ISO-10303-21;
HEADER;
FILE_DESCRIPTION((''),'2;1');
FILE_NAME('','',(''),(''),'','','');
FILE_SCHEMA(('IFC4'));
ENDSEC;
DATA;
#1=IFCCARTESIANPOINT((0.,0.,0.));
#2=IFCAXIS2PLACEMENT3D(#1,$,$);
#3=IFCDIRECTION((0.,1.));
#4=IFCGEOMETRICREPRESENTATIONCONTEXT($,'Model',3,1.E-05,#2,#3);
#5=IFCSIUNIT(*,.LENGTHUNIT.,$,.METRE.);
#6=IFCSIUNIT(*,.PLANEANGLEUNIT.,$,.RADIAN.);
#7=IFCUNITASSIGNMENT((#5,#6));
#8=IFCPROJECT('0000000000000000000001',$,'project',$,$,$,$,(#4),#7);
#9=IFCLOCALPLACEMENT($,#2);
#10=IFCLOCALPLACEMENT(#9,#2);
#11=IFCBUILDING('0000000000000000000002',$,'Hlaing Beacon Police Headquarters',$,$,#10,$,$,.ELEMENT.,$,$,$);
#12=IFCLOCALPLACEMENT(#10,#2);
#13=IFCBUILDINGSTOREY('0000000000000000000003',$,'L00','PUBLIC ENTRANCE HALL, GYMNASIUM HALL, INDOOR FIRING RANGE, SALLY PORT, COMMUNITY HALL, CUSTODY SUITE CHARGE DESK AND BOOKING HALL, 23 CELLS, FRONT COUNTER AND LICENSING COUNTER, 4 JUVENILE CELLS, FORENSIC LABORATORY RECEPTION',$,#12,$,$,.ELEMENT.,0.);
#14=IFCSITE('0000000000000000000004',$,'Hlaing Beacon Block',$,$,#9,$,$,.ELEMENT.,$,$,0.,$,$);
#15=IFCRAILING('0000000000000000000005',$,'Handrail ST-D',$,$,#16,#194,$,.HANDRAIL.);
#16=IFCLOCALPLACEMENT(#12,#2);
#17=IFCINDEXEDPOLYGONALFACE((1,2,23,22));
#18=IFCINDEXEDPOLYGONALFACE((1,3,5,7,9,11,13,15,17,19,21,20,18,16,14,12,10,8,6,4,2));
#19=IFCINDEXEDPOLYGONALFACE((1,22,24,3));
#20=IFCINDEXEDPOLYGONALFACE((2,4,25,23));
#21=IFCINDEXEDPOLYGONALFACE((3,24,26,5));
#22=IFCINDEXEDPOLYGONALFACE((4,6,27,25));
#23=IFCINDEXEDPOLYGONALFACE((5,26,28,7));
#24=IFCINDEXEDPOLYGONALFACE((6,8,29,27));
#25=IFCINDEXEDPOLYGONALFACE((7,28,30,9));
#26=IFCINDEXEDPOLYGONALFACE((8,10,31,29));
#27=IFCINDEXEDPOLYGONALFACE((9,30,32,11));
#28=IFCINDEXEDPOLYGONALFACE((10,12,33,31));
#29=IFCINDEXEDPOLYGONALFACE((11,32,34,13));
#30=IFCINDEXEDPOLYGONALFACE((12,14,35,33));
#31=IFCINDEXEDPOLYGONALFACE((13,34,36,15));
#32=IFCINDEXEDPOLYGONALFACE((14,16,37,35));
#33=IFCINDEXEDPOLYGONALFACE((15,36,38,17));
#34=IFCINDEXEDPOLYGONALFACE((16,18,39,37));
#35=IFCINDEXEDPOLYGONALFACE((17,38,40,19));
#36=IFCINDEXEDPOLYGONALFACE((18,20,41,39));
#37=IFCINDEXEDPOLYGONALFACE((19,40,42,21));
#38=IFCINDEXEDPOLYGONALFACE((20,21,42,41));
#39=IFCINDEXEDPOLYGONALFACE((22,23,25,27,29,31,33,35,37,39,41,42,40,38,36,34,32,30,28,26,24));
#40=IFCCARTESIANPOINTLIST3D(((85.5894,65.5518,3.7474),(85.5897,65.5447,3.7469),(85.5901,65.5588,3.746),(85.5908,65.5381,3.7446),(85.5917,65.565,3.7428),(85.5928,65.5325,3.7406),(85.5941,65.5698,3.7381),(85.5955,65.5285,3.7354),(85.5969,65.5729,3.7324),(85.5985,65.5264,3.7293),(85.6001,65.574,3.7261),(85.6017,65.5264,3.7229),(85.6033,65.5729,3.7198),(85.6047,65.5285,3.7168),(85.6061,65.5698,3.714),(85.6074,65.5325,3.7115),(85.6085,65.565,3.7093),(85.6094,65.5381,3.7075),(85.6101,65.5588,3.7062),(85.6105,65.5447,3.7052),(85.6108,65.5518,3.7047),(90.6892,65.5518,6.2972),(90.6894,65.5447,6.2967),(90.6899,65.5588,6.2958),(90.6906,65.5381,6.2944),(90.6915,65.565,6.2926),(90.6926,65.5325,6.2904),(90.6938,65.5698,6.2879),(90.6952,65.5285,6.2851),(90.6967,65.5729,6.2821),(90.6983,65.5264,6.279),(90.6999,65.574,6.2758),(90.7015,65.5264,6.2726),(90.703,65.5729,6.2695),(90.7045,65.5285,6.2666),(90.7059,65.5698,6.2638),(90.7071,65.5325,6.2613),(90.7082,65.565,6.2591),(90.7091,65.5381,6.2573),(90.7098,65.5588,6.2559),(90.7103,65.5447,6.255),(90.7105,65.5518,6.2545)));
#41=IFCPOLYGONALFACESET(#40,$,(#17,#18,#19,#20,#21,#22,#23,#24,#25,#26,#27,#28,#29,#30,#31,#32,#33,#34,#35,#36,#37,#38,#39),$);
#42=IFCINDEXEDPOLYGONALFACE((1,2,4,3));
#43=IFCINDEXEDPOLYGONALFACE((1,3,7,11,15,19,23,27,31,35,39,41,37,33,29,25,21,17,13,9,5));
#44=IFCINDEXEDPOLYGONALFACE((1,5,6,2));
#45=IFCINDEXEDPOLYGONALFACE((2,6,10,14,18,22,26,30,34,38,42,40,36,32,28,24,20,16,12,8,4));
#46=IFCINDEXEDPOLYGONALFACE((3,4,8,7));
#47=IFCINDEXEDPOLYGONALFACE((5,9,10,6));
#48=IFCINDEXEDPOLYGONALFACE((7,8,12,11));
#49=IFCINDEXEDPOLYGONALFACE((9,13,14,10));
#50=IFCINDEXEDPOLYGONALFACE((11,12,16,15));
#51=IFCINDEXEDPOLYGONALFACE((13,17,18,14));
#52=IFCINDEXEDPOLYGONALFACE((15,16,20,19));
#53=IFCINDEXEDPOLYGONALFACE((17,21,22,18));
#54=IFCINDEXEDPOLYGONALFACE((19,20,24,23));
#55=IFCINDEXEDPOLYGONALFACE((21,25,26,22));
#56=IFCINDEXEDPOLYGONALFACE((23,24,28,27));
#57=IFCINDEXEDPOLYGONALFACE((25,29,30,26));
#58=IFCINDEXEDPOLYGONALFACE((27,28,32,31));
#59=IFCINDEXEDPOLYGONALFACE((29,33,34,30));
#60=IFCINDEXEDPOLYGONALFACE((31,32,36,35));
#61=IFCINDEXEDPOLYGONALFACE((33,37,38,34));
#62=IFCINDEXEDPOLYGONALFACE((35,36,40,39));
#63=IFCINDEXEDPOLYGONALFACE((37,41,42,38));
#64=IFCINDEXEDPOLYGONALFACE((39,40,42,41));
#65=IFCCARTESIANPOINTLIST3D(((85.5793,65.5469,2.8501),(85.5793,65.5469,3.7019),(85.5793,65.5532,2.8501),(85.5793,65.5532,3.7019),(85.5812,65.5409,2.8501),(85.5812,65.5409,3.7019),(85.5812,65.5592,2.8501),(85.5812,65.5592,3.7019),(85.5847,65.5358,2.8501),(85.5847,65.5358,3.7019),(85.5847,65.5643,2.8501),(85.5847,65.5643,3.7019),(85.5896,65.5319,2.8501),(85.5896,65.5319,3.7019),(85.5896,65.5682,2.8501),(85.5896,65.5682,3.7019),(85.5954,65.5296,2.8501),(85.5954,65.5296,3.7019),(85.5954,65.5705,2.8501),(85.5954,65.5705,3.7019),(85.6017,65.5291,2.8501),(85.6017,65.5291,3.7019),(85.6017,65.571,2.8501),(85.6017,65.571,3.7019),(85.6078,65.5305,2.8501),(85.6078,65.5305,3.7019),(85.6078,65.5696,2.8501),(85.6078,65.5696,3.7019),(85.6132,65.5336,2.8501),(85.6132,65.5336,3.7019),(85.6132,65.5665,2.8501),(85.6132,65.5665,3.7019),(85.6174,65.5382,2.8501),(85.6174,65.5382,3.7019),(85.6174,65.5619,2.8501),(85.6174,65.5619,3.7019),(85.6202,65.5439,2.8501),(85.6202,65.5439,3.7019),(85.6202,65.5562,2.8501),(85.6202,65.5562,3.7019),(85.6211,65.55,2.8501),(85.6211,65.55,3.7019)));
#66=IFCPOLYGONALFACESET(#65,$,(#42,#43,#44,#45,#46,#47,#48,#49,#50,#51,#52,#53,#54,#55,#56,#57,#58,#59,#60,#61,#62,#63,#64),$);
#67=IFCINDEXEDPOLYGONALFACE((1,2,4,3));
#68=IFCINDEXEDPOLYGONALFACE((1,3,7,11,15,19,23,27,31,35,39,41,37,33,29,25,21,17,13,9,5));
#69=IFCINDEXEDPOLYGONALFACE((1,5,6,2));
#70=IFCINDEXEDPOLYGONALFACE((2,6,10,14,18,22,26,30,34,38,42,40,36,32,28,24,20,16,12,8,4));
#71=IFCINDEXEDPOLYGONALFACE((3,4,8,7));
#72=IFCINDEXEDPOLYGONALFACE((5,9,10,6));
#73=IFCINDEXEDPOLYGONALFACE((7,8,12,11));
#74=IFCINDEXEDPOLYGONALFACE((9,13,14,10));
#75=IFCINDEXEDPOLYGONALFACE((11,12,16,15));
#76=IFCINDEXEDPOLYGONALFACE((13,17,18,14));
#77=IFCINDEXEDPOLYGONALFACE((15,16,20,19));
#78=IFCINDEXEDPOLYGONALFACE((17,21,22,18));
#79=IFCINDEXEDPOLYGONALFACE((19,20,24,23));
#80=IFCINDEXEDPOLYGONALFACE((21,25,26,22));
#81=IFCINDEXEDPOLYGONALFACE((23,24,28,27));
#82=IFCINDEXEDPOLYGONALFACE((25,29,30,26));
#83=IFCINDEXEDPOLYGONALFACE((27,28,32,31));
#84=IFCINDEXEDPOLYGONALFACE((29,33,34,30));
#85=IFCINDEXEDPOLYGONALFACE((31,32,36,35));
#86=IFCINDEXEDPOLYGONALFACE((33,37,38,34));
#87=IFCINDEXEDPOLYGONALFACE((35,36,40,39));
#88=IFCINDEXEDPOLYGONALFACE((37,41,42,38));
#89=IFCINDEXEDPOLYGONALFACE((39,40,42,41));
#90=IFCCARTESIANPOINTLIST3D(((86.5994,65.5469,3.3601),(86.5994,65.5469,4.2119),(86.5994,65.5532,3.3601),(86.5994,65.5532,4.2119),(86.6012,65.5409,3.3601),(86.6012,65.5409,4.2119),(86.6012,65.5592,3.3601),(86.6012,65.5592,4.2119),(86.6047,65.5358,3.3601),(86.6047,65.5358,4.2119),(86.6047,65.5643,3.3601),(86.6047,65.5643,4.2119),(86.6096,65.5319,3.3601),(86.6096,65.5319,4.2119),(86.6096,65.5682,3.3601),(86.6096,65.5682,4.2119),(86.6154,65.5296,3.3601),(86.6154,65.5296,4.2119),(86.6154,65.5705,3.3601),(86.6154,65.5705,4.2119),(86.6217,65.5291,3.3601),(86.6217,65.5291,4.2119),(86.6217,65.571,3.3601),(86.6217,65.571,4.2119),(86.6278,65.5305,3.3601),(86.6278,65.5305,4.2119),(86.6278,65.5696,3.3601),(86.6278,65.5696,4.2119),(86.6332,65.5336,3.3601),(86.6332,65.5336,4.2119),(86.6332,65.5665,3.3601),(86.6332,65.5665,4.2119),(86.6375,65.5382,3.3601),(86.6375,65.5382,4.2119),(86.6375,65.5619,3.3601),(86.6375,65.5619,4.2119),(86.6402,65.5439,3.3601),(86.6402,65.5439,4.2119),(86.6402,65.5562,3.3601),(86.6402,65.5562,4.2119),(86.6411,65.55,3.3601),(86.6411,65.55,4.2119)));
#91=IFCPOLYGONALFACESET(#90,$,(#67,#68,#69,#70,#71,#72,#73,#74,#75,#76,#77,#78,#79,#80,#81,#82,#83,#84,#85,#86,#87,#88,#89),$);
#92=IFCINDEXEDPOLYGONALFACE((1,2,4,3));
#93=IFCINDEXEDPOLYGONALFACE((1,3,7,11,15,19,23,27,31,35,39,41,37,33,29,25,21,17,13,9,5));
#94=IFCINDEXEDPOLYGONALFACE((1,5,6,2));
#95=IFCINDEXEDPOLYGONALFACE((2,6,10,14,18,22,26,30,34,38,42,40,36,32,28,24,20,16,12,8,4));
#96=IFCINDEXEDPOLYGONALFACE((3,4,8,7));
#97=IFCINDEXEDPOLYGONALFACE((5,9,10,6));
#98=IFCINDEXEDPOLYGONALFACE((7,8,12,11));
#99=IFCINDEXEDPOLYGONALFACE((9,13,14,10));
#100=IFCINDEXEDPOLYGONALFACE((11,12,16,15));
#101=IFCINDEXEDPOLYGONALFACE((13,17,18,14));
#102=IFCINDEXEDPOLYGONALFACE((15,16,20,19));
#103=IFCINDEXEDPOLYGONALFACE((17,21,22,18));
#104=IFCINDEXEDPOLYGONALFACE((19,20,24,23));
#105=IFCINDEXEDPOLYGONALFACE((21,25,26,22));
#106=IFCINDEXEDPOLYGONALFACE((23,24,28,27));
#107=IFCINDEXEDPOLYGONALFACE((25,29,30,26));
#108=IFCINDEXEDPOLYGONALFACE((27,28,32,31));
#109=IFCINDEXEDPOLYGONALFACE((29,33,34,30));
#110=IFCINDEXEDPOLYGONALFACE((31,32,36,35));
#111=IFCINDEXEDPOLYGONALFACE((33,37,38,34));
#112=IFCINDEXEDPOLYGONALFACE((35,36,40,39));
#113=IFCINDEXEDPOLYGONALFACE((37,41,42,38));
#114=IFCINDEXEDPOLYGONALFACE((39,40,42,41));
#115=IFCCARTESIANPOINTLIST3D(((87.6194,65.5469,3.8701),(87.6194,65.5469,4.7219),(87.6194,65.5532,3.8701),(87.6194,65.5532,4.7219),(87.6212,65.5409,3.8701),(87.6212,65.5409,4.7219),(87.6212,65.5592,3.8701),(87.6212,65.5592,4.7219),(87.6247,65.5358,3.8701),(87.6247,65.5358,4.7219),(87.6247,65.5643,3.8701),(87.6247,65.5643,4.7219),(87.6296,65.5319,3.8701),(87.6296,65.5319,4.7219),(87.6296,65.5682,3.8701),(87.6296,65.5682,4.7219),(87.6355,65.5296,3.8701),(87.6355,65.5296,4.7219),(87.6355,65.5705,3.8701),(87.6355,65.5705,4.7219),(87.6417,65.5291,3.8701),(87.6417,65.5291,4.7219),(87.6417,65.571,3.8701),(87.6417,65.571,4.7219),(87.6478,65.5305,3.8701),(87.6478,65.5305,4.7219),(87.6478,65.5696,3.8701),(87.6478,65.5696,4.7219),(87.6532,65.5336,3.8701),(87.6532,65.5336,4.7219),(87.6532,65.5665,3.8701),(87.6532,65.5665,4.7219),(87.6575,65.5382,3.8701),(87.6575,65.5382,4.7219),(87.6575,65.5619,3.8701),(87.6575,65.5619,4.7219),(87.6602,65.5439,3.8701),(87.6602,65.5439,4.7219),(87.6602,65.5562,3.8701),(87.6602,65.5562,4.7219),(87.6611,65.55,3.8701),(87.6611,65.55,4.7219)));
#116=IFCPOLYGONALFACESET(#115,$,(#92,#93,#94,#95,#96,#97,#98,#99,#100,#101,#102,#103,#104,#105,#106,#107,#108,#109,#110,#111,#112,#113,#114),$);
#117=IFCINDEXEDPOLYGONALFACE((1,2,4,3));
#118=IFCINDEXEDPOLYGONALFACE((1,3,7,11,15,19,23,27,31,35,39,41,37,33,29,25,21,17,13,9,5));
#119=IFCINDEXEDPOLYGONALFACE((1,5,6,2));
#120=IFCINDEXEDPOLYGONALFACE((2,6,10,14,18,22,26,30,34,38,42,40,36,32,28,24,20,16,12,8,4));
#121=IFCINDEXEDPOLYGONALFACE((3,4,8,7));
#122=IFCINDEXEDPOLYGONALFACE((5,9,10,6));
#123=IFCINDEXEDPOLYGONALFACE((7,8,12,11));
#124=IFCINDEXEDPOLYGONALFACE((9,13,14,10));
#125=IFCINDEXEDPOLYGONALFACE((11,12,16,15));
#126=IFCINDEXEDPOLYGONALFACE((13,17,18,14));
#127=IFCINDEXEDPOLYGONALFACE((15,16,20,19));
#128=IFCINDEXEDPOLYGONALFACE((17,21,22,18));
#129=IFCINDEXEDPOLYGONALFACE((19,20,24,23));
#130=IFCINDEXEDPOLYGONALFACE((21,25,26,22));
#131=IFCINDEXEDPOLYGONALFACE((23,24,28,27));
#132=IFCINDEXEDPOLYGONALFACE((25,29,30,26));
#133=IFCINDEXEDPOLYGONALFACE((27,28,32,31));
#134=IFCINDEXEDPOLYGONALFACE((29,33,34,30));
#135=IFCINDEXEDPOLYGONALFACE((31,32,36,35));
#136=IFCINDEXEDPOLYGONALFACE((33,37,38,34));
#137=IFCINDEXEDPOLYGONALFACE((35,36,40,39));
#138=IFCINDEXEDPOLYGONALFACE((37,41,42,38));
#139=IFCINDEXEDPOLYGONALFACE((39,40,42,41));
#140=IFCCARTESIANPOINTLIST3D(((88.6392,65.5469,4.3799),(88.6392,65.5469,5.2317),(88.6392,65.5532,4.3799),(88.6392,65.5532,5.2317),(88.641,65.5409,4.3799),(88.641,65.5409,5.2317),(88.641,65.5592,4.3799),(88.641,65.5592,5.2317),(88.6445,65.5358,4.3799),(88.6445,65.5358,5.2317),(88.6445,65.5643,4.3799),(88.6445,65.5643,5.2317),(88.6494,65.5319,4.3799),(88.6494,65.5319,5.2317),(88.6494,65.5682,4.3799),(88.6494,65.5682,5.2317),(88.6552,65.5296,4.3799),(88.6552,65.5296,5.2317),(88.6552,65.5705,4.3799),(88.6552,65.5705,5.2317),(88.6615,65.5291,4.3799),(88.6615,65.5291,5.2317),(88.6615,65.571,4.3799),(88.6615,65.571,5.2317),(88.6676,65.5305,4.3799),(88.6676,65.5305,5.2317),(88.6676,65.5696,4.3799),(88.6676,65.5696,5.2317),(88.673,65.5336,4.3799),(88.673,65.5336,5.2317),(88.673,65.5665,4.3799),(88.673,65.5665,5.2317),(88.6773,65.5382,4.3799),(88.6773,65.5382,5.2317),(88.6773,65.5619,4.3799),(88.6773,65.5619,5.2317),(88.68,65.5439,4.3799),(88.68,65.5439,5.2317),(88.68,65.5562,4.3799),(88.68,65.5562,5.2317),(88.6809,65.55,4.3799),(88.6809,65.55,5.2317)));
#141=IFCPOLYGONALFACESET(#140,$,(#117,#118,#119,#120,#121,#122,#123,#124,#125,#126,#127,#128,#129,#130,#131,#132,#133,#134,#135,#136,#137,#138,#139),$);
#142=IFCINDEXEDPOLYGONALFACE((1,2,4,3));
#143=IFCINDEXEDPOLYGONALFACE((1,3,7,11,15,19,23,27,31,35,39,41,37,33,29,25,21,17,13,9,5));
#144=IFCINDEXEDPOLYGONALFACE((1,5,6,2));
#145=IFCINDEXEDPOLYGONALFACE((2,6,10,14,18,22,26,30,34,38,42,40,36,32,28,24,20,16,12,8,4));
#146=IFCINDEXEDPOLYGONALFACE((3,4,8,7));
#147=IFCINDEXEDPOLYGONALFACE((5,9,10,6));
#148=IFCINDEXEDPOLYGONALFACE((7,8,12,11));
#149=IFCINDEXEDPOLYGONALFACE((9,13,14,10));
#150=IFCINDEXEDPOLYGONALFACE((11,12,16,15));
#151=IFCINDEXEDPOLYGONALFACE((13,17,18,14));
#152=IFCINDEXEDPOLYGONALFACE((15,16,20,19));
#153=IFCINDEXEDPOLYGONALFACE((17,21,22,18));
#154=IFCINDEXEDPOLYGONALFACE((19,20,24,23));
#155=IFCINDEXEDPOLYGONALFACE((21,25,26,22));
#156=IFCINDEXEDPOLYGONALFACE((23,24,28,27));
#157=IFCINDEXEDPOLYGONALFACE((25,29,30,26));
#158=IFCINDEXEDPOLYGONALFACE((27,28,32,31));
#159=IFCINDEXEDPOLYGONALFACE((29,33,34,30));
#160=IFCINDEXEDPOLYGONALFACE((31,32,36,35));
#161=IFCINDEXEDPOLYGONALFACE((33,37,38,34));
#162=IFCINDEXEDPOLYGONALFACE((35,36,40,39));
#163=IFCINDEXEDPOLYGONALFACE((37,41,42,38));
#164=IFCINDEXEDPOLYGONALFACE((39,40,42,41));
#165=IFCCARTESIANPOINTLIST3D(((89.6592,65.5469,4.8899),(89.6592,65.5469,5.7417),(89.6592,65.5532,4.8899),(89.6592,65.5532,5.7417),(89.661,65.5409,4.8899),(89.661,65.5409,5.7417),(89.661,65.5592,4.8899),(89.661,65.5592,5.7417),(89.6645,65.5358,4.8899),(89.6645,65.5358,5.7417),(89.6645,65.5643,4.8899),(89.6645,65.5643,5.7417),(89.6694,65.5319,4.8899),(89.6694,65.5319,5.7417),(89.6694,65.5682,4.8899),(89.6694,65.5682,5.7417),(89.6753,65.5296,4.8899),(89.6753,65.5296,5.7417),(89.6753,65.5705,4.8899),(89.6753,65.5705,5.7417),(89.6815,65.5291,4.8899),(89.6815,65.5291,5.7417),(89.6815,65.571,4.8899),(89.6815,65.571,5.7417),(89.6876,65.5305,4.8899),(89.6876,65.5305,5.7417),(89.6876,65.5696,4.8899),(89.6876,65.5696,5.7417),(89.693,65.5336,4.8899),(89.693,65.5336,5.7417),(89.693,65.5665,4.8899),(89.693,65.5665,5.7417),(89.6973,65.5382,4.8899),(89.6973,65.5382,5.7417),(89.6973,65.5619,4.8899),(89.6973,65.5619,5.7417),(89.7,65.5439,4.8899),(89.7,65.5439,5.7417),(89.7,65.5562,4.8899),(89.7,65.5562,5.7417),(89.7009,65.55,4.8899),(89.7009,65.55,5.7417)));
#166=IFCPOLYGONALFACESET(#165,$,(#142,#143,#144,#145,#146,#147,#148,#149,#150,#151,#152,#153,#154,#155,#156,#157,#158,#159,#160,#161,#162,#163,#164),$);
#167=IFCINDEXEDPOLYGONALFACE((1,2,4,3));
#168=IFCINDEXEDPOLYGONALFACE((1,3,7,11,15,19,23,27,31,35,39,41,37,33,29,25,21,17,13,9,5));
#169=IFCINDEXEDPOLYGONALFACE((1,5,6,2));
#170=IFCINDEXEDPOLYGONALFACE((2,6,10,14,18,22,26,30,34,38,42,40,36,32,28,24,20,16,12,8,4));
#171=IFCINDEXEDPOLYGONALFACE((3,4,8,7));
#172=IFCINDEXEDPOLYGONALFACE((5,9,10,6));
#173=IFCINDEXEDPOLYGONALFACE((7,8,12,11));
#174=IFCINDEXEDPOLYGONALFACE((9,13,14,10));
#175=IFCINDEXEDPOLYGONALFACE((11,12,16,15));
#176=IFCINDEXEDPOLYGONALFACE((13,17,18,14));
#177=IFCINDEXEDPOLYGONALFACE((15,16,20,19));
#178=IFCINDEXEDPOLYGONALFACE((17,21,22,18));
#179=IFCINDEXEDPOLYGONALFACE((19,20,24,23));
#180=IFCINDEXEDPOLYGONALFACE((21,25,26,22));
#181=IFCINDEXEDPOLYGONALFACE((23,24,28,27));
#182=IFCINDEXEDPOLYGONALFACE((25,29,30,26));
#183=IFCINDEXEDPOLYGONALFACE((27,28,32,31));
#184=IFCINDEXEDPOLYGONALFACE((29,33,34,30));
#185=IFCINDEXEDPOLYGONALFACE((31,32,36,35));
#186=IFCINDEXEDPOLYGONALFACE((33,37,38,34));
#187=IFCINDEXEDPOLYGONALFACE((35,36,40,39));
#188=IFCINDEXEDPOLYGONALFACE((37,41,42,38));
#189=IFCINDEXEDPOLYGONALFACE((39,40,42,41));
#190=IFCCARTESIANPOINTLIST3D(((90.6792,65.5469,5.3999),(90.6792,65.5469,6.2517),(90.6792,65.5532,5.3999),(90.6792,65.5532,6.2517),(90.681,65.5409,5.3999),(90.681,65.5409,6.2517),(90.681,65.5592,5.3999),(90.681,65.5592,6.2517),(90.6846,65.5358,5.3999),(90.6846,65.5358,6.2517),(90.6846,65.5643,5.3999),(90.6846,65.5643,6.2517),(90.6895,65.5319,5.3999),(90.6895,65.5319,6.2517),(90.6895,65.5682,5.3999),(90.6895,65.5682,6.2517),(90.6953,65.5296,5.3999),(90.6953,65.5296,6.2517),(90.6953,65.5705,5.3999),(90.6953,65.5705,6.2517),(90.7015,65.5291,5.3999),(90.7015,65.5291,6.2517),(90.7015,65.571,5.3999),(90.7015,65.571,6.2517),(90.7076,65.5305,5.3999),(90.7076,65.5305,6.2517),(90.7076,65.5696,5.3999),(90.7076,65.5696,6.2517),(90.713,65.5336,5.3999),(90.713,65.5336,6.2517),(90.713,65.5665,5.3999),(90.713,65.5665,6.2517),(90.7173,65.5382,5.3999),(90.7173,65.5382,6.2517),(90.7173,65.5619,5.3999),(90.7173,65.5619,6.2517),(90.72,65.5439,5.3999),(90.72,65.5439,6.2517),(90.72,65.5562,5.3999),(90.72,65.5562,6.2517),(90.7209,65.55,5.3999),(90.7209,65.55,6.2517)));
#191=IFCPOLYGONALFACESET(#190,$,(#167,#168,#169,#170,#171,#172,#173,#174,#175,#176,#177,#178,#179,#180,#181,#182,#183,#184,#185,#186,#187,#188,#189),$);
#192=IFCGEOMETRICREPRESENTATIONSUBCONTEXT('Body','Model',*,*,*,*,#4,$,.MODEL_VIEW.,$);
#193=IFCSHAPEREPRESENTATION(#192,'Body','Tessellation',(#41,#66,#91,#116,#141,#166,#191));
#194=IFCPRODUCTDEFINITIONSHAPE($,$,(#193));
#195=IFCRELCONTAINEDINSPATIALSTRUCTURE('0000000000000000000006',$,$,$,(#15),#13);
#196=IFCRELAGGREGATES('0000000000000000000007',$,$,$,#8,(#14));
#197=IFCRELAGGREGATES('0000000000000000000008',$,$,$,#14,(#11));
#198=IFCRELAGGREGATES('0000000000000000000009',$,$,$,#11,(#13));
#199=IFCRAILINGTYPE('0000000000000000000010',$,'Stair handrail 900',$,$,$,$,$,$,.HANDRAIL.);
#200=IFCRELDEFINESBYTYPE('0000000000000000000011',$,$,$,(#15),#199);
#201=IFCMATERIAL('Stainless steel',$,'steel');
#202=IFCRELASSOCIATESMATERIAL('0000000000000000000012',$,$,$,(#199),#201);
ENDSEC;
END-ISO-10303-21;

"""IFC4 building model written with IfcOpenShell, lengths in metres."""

from ifc_helpers import new_model, si_unit, direction, frame, origin, origin_2d, place, context, subcontext, project, spatial, circle, extrude, material, type_object, element, save


model = new_model("IFC4")

# Units and contexts
model_context = context("Model", 3, precision=1e-05, world=origin(), true_north=direction((0.0, 1.0)))
body_context = subcontext(model_context, "Body", "Model", "MODEL_VIEW")
ifc_project = project(units=[si_unit("LENGTHUNIT", "METRE"), si_unit("PLANEANGLEUNIT", "RADIAN")], contexts=[model_context])

# Site, building, storey
site_placement = place(None, origin())
site = spatial("IfcSite", under=ifc_project, at=site_placement, Name="Hlaing Beacon Block", CompositionType="ELEMENT", RefElevation=0.0)
building_placement = place(site_placement, origin())
building = spatial("IfcBuilding", under=site, at=building_placement, Name="Hlaing Beacon Police Headquarters", CompositionType="ELEMENT")
storey_placement = place(building_placement, origin())
storey = spatial("IfcBuildingStorey", under=building, at=storey_placement, Name="L00", Description="PUBLIC ENTRANCE HALL, GYMNASIUM HALL, INDOOR FIRING RANGE, SALLY PORT, COMMUNITY HALL, CUSTODY SUITE CHARGE DESK AND BOOKING HALL, 23 CELLS, FRONT COUNTER AND LICENSING COUNTER, 4 JUVENILE CELLS, FORENSIC LABORATORY RECEPTION", CompositionType="ELEMENT", Elevation=0.0)

# Railing
ifc_material_1 = material(Name="Stainless steel", Category="steel")
railing_type = type_object("IfcRailingType", Name="Stair handrail 900", PredefinedType="HANDRAIL", material=ifc_material_1)
for number, where, name in (
    (1, (85.6001, 65.55, 2.8501), "Handrail ST-D"),
):
    element("IfcRailing", number, at=place(storey_placement, frame(where)), inside=storey, type_object=railing_type, Name=name, PredefinedType="HANDRAIL", context=body_context, shape_type="SweptSolid", body=[
        extrude(circle(Radius=0.0239, at=origin_2d()), frame((0.0, 0.0, 0.876), z_axis=(0.894436, 0.0, 0.447196), x_axis=(0.0, 1.0, 0.0)), (0.0, 0.0, 1.0), 5.7017),
        extrude(circle(Radius=0.021, at=origin_2d()), origin(), (0.0, 0.0, 1.0), 0.8518),
        extrude(circle(Radius=0.021, at=origin_2d()), frame((1.02, 0.0, 0.51)), (0.0, 0.0, 1.0), 0.8518),
        extrude(circle(Radius=0.021, at=origin_2d()), frame((2.04, 0.0, 1.02)), (0.0, 0.0, 1.0), 0.8518),
        extrude(circle(Radius=0.021, at=origin_2d()), frame((3.0598, 0.0, 1.5298)), (0.0, 0.0, 1.0), 0.8518),
        extrude(circle(Radius=0.021, at=origin_2d()), frame((4.0798, 0.0, 2.0398)), (0.0, 0.0, 1.0), 0.8518),
        extrude(circle(Radius=0.021, at=origin_2d()), frame((5.0999, 0.0, 2.5498)), (0.0, 0.0, 1.0), 0.8518),
    ])

save(model, "model.ifc")
